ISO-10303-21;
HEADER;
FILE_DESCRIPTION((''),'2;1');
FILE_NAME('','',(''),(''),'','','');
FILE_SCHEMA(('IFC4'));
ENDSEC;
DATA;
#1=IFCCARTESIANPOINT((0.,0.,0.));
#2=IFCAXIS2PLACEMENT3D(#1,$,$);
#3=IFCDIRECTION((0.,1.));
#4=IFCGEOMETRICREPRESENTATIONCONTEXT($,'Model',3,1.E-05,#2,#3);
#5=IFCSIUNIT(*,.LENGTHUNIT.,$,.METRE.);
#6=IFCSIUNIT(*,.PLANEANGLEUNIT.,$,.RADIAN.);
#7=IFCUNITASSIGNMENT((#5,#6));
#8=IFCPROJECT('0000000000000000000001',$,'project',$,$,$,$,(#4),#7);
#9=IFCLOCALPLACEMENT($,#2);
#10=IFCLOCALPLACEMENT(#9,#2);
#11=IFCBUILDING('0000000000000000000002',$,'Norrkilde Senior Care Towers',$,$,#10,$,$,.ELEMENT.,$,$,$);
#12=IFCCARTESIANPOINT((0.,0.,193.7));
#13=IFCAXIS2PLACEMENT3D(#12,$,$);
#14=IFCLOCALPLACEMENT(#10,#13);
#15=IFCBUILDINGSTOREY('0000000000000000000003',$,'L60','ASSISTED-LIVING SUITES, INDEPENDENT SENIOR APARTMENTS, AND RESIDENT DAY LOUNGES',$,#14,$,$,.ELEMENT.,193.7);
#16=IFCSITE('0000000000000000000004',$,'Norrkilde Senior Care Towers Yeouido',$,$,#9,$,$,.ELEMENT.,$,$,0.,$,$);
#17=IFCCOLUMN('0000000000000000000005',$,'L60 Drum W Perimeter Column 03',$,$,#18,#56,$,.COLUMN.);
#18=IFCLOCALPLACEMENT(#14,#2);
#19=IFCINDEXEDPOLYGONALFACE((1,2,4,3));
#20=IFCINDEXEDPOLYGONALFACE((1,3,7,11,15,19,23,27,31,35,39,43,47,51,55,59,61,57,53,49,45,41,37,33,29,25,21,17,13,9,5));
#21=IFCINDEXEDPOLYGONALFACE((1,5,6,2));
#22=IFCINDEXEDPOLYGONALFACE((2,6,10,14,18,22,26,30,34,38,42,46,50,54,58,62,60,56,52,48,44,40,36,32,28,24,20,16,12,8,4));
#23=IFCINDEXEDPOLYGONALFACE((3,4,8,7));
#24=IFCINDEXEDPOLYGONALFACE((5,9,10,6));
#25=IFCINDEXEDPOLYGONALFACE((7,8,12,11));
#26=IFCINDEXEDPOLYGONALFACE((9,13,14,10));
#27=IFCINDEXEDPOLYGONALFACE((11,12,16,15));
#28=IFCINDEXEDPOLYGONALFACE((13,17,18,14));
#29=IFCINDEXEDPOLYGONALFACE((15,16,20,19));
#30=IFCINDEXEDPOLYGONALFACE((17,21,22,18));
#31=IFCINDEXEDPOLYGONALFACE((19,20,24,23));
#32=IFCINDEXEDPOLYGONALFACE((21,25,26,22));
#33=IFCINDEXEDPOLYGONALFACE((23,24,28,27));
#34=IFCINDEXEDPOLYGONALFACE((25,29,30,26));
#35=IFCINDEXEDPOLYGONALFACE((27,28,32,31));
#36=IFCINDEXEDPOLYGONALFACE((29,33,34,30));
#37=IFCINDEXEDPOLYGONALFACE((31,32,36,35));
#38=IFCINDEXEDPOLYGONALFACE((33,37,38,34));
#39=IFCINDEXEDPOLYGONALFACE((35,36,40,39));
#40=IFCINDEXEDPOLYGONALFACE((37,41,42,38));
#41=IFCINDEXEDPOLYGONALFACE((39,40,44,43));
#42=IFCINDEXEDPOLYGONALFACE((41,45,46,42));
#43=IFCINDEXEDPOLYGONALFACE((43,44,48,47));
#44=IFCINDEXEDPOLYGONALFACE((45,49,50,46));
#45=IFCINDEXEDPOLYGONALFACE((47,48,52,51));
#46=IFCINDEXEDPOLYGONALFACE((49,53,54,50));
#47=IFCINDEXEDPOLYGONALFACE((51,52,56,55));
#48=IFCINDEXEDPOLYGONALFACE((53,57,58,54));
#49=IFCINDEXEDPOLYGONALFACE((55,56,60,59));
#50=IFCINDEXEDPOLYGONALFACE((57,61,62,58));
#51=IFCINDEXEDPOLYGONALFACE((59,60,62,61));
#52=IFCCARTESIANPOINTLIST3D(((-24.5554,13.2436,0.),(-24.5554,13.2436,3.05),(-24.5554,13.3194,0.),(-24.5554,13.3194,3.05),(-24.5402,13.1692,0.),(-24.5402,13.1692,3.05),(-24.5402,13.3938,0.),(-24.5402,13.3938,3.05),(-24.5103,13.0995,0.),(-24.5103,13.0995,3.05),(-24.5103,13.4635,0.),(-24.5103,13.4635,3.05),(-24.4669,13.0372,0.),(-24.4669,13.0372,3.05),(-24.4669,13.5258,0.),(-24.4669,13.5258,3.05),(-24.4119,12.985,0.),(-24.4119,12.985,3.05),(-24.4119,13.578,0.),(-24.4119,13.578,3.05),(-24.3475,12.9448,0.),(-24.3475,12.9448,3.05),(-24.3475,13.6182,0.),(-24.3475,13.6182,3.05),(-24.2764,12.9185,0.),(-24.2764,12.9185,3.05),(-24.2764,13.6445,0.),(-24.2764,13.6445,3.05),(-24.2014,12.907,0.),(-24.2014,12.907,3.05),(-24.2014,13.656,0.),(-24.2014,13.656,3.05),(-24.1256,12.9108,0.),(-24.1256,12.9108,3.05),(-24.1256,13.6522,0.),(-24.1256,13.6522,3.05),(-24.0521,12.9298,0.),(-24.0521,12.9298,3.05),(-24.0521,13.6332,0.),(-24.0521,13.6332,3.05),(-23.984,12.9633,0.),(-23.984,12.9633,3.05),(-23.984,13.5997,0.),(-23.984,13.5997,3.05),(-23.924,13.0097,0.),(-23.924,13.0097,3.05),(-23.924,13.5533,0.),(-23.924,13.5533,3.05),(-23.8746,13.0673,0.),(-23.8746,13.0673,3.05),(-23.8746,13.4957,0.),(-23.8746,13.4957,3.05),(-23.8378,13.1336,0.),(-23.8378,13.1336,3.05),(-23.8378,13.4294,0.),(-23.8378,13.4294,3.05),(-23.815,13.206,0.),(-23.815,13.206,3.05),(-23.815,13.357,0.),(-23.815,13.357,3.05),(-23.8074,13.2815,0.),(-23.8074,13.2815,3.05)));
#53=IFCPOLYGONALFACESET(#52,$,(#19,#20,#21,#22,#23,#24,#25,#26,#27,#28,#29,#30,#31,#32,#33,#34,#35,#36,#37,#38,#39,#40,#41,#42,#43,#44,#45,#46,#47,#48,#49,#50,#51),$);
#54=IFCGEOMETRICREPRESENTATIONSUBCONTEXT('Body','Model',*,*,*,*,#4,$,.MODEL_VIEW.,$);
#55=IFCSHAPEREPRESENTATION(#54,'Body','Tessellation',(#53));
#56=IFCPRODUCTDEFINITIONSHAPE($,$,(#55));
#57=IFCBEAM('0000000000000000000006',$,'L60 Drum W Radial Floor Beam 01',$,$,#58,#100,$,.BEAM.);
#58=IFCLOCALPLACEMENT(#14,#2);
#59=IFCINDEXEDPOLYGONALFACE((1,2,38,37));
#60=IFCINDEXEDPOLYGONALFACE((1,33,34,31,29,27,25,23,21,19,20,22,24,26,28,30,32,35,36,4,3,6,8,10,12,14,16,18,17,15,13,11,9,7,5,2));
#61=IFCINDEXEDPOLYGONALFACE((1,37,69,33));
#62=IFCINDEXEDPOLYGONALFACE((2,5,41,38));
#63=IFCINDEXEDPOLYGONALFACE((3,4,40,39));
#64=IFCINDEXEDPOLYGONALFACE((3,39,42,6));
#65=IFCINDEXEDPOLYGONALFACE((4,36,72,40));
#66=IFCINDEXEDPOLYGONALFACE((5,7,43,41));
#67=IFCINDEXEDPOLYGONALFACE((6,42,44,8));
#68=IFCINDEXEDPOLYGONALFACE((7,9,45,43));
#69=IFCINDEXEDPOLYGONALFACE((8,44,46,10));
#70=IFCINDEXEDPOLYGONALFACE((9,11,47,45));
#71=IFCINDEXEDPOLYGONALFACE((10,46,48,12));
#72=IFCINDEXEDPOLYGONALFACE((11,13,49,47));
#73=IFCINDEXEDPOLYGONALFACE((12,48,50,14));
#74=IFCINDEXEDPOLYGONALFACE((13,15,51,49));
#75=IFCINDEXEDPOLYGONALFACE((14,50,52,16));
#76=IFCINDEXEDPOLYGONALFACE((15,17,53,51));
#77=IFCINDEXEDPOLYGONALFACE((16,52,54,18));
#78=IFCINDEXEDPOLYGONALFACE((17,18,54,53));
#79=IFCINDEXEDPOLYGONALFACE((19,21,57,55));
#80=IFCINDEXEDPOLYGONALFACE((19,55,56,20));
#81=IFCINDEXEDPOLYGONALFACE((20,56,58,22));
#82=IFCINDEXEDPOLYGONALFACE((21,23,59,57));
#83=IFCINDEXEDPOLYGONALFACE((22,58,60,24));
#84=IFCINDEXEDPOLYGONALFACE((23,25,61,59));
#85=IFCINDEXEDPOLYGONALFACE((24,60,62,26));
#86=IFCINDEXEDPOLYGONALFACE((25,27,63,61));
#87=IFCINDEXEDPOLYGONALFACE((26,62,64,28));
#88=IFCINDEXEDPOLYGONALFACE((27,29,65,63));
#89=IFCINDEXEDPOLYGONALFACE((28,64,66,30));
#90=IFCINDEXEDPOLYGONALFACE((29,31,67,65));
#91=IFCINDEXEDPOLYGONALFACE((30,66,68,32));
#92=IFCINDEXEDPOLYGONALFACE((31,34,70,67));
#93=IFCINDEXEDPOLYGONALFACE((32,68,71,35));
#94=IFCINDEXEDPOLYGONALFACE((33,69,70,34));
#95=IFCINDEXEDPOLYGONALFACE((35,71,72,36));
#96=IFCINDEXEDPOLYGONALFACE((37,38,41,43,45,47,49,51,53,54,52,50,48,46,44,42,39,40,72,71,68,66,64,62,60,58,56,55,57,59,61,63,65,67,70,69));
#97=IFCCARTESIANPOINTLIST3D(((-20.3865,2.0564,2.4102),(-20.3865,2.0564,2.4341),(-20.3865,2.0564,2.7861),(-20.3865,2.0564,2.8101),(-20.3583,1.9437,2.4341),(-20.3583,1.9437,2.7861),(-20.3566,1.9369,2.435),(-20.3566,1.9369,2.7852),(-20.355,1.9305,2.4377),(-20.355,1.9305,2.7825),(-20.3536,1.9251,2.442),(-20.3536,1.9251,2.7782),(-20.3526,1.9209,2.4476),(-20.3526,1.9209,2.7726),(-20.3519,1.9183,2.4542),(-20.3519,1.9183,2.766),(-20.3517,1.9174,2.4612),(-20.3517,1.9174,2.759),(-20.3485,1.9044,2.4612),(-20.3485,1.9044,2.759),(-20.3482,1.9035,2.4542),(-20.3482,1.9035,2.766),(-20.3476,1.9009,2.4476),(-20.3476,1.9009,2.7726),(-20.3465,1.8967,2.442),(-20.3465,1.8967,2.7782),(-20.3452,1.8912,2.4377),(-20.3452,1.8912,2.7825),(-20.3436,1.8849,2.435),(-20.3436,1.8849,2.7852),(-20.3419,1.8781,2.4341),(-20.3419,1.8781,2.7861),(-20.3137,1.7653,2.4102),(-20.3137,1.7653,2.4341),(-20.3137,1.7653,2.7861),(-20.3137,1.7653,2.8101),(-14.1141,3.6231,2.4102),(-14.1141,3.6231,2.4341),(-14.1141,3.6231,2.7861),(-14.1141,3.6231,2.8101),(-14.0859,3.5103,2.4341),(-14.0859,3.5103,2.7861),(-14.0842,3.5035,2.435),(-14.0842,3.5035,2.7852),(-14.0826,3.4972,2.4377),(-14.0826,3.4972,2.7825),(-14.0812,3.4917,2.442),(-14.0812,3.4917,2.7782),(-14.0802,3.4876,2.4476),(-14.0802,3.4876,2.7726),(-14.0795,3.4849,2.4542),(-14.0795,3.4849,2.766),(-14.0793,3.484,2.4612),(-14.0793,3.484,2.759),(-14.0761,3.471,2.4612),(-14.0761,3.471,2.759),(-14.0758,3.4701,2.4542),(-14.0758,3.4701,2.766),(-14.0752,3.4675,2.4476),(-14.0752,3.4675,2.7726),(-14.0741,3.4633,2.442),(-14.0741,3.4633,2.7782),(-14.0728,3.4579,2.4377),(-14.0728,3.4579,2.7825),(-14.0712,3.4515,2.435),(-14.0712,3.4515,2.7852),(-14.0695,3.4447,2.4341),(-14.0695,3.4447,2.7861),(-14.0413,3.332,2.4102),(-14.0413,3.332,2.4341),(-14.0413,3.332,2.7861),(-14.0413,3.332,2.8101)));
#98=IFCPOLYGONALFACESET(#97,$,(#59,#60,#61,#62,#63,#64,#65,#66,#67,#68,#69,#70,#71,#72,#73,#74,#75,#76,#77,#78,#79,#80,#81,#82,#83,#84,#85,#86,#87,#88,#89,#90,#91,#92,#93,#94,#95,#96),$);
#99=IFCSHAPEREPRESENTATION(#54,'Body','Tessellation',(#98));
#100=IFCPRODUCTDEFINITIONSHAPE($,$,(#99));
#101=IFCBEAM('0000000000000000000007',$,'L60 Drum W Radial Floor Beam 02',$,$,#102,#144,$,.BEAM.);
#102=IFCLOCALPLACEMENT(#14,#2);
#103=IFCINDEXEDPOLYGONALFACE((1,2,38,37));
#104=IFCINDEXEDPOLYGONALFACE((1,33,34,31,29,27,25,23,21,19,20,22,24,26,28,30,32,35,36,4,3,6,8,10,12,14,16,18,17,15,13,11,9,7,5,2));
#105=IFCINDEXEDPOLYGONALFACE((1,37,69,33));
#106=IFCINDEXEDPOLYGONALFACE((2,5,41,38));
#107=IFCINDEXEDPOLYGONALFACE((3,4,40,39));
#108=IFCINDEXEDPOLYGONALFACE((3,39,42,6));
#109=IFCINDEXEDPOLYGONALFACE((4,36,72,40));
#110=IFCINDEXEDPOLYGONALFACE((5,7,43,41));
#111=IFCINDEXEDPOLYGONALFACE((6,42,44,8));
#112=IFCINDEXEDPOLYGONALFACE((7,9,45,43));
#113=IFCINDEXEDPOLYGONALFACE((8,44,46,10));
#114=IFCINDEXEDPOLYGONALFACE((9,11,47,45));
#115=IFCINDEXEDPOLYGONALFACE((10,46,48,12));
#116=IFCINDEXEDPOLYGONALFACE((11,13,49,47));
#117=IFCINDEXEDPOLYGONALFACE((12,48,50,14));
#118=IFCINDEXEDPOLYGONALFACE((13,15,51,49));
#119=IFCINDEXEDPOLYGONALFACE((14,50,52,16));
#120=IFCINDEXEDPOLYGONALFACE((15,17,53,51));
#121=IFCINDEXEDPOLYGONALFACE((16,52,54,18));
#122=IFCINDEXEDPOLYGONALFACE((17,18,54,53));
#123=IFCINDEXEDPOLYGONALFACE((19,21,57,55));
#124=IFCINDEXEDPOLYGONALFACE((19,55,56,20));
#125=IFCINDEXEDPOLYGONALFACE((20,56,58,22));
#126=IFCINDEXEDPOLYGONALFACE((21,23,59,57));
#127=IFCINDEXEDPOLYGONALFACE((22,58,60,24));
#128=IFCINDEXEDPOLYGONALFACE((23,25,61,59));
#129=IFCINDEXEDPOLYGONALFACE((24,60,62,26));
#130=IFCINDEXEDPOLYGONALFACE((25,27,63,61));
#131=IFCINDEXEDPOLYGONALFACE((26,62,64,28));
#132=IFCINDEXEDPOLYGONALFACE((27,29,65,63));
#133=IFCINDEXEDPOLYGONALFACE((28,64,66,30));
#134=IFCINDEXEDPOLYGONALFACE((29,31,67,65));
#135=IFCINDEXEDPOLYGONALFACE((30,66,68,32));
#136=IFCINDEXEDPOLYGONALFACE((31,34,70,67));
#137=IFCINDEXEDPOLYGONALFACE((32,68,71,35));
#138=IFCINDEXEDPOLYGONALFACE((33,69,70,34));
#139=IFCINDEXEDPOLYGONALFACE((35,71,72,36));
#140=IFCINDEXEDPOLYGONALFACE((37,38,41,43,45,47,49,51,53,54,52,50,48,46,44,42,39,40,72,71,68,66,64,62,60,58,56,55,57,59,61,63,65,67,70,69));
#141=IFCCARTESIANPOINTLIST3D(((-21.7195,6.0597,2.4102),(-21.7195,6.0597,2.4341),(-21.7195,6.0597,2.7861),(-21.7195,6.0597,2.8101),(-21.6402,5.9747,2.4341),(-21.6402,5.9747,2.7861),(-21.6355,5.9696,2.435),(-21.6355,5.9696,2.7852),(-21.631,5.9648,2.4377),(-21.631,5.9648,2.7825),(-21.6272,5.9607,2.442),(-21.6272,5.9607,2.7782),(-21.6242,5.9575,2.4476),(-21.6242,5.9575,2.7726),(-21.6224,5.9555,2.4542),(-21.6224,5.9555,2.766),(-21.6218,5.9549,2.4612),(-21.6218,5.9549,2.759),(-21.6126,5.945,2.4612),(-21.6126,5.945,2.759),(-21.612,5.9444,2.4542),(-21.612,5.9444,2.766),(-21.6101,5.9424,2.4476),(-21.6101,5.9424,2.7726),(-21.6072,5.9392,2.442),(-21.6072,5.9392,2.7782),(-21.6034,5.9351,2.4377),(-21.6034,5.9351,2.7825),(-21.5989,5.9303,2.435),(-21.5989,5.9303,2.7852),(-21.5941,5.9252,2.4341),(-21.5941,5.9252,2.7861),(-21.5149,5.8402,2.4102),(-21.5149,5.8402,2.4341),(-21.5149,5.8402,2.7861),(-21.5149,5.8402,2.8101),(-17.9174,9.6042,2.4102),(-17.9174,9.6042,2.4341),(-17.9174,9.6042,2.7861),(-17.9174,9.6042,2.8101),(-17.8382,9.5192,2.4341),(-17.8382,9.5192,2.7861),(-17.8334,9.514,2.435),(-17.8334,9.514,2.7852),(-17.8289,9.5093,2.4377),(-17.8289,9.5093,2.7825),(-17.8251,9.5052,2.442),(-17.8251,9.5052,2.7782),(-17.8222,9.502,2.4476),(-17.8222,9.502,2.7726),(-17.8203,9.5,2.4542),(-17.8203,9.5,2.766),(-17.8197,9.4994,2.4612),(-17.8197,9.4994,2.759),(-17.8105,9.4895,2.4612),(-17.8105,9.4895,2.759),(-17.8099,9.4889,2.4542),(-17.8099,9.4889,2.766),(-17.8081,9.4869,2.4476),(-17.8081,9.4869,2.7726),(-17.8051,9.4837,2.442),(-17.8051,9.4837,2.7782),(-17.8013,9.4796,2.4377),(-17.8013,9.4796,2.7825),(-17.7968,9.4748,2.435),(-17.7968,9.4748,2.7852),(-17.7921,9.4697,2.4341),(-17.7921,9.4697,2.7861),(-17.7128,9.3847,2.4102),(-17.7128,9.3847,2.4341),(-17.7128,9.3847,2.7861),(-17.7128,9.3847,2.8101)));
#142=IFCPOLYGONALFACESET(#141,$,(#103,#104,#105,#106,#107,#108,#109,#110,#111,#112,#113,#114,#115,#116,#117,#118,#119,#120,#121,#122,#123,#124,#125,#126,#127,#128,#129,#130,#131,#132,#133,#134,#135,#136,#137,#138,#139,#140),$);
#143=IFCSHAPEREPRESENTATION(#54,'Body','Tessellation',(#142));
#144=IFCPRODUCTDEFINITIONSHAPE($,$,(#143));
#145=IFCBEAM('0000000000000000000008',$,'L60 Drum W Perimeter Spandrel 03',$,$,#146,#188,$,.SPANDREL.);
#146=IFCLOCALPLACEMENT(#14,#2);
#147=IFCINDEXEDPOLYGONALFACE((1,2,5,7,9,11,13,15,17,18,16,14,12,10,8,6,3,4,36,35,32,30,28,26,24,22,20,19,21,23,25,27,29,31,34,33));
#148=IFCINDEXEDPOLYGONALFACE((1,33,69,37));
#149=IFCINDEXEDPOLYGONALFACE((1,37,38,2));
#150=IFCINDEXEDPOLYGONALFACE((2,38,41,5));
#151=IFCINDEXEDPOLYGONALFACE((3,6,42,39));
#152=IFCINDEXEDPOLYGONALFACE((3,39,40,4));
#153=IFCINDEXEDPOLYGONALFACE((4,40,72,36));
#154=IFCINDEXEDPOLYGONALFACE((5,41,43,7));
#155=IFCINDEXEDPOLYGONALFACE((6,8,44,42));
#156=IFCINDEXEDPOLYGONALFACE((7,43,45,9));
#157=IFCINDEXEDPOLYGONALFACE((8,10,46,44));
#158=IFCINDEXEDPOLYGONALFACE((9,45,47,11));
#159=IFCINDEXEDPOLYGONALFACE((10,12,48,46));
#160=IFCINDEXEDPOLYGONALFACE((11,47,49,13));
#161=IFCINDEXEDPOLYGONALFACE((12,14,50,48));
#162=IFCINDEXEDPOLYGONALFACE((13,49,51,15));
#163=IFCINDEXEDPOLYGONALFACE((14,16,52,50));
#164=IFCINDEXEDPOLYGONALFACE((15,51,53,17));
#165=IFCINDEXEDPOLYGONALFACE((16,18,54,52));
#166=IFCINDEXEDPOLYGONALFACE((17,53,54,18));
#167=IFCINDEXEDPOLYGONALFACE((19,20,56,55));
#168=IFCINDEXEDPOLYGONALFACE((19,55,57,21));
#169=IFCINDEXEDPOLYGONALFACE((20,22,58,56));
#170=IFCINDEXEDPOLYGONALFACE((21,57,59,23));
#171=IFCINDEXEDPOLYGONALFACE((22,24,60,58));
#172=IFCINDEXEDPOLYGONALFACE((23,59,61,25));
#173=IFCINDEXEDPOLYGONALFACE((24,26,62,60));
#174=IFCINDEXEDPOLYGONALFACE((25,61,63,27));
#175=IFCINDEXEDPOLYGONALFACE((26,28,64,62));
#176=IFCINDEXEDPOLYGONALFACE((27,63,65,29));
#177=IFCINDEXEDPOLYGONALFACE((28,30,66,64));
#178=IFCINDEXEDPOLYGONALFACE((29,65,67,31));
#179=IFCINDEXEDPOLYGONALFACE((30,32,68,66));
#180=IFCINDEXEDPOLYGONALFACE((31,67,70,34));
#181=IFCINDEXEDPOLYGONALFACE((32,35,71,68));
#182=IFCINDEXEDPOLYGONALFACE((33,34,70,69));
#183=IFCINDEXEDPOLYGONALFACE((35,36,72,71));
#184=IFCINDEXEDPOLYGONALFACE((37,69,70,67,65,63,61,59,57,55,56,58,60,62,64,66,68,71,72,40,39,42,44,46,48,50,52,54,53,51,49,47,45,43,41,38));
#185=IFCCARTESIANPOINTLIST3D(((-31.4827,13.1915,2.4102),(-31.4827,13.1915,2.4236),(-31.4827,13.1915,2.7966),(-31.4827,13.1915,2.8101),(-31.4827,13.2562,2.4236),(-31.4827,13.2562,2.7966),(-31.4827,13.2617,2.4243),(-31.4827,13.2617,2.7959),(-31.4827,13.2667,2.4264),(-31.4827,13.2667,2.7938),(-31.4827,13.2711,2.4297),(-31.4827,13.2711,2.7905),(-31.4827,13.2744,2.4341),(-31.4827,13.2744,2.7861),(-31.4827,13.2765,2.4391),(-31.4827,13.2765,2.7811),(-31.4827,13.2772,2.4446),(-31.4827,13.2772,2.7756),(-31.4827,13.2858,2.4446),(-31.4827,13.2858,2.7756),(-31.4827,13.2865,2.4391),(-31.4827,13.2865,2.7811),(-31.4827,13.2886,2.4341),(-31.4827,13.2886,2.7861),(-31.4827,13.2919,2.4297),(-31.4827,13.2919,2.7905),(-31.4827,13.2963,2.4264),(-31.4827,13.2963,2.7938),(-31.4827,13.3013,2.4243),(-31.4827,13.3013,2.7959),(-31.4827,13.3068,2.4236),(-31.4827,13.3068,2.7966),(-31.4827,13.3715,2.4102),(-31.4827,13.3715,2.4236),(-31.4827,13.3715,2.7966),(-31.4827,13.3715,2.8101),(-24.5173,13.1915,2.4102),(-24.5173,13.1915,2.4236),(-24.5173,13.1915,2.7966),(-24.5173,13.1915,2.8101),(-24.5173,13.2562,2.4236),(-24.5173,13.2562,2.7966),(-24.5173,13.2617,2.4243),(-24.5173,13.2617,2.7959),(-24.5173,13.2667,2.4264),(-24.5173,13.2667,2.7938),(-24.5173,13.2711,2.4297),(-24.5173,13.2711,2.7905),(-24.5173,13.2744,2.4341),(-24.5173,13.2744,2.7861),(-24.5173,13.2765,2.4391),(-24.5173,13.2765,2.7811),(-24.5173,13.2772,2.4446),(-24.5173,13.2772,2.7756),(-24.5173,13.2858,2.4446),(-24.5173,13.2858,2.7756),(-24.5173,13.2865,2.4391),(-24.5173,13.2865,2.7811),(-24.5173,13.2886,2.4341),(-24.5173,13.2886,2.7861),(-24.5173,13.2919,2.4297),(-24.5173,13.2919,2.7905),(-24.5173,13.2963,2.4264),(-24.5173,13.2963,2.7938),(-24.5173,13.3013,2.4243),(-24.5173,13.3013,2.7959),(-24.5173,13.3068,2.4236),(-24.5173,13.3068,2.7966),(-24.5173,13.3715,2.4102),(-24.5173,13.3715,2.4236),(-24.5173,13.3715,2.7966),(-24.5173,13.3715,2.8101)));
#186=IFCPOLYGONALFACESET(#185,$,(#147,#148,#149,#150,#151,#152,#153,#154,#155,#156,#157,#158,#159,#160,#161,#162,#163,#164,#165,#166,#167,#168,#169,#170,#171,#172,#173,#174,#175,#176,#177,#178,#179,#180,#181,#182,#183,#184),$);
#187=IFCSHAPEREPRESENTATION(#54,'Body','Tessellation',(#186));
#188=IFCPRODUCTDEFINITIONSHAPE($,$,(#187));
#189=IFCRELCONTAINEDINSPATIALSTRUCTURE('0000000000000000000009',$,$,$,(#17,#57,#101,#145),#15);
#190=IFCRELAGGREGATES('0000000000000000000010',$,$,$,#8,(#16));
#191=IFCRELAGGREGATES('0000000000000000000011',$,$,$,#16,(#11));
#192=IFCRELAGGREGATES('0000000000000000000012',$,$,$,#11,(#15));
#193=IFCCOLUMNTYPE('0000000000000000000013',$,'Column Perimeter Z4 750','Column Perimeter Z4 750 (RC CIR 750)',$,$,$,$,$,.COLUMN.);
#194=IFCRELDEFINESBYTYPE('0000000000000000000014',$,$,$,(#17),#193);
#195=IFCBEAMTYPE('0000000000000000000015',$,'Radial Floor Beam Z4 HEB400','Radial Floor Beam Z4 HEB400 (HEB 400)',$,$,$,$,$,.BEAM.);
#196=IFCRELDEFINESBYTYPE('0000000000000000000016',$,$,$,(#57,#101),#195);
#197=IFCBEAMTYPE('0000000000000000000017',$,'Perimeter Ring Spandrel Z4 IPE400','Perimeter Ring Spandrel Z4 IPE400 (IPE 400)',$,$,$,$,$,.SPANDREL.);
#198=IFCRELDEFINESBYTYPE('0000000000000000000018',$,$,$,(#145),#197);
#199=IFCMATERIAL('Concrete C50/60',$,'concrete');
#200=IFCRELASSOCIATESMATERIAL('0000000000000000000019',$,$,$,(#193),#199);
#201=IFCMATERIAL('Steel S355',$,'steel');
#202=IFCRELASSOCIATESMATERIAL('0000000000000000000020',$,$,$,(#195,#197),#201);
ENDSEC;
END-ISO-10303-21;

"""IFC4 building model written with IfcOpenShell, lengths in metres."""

from ifc_helpers import new_model, si_unit, direction, frame, origin, origin_2d, place, context, subcontext, project, spatial, circle, i_section, extrude, source, transform, mapped, material, material_profile, profile_set, type_object, type_shapes, element, save


model = new_model("IFC4")

# Units and contexts
model_context = context("Model", 3, precision=1e-05, world=origin(), true_north=direction((0.0, 1.0)))
body_context = subcontext(model_context, "Body", "Model", "MODEL_VIEW")
ifc_project = project(units=[si_unit("LENGTHUNIT", "METRE"), si_unit("PLANEANGLEUNIT", "RADIAN")], contexts=[model_context])

# Site, building, storey
site_placement = place(None, origin())
site = spatial("IfcSite", under=ifc_project, at=site_placement, Name="Norrkilde Senior Care Towers Yeouido", CompositionType="ELEMENT", RefElevation=0.0)
building_placement = place(site_placement, origin())
building = spatial("IfcBuilding", under=site, at=building_placement, Name="Norrkilde Senior Care Towers", CompositionType="ELEMENT")
storey_placement = place(building_placement, frame((0.0, 0.0, 193.7)))
storey = spatial("IfcBuildingStorey", under=building, at=storey_placement, Name="L60", Description="ASSISTED-LIVING SUITES, INDEPENDENT SENIOR APARTMENTS, AND RESIDENT DAY LOUNGES", CompositionType="ELEMENT", Elevation=193.7)

# Column
ifc_material_1 = material(Name="Concrete C50/60", Category="concrete")
ifc_material_profile_1 = material_profile(ifc_material_1, circle(Radius=0.375, at=origin_2d()), Name="RC CIR 750")
ifc_profile_set_1 = profile_set([ifc_material_profile_1], Name="Concrete C50/60")
column_type = type_object("IfcColumnType", Name="Column Perimeter Z4 750", Description="Column Perimeter Z4 750 (RC CIR 750)", PredefinedType="COLUMN", material=ifc_profile_set_1)
shared_shape_1 = source(origin(), body_context, "Body", "SweptSolid", [
    extrude(circle(Radius=0.375, at=origin_2d()), origin(), (0.0, 0.0, 1.0), 3.05),
])
type_shapes(column_type, [shared_shape_1])
column_placement = place(storey_placement, frame((-24.1824, 13.2815, 0.0), z_axis=(0.0, 0.0, 1.0), x_axis=(1.0, 0.0, 0.0)))
element("IfcColumn", 1, at=column_placement, inside=storey, type_object=column_type, Name="L60 Drum W Perimeter Column 03", PredefinedType="COLUMN", context=body_context, shape_type="MappedRepresentation", body=[
    mapped(shared_shape_1, transform((0.0, 0.0, 0.0), x_axis=(1.0, 0.0, 0.0), y_axis=(0.0, 1.0, 0.0), z_axis=(0.0, 0.0, 1.0), scale=1.0)),
])

# Beams
ifc_material_2 = material(Name="Steel S355", Category="steel")
ifc_material_profile_2 = material_profile(ifc_material_2, i_section(OverallWidth=0.3, OverallDepth=0.3999, WebThickness=0.0134, FlangeThickness=0.0239, FilletRadius=0.0271, at=origin_2d()), Name="HEB 400")
ifc_profile_set_2 = profile_set([ifc_material_profile_2], Name="Steel S355")
beam_type_1 = type_object("IfcBeamType", Name="Radial Floor Beam Z4 HEB400", Description="Radial Floor Beam Z4 HEB400 (HEB 400)", PredefinedType="BEAM", material=ifc_profile_set_2)
shared_shape_2 = source(origin(), body_context, "Body", "SweptSolid", [
    extrude(i_section(OverallWidth=0.3, OverallDepth=0.3999, WebThickness=0.0134, FlangeThickness=0.0239, FilletRadius=0.0271, at=origin_2d()), origin(), (0.0, 0.0, 1.0), 6.4651),
])
beam_1_placement = place(storey_placement, frame((-20.3501, 1.9109, 2.6101), z_axis=(0.970196, 0.242322, 0.0), x_axis=(-0.242322, 0.970196, 0.0)))
element("IfcBeam", 2, at=beam_1_placement, inside=storey, type_object=beam_type_1, Name="L60 Drum W Radial Floor Beam 01", PredefinedType="BEAM", context=body_context, shape_type="MappedRepresentation", body=[
    mapped(shared_shape_2, transform((0.0, 0.0, 0.0), x_axis=(1.0, 0.0, 0.0), y_axis=(0.0, 1.0, 0.0), z_axis=(0.0, 0.0, 1.0), scale=1.0)),
])
shared_shape_3 = source(origin(), body_context, "Body", "SweptSolid", [
    extrude(i_section(OverallWidth=0.3, OverallDepth=0.3999, WebThickness=0.0134, FlangeThickness=0.0239, FilletRadius=0.0271, at=origin_2d()), origin(), (0.0, 0.0, 1.0), 5.198),
])
beam_2_placement = place(storey_placement, frame((-21.6172, 5.95, 2.6101), z_axis=(0.731449, 0.681896, 0.0), x_axis=(-0.681896, 0.731449, 0.0)))
element("IfcBeam", 3, at=beam_2_placement, inside=storey, type_object=beam_type_1, Name="L60 Drum W Radial Floor Beam 02", PredefinedType="BEAM", context=body_context, shape_type="MappedRepresentation", body=[
    mapped(shared_shape_3, transform((0.0, 0.0, 0.0), x_axis=(1.0, 0.0, 0.0), y_axis=(0.0, 1.0, 0.0), z_axis=(0.0, 0.0, 1.0), scale=1.0)),
])
ifc_material_profile_3 = material_profile(ifc_material_2, i_section(OverallWidth=0.1799, OverallDepth=0.3999, WebThickness=0.0085, FlangeThickness=0.0134, FilletRadius=0.021, at=origin_2d()), Name="IPE 400")
ifc_profile_set_3 = profile_set([ifc_material_profile_3], Name="Steel S355")
beam_type_2 = type_object("IfcBeamType", Name="Perimeter Ring Spandrel Z4 IPE400", Description="Perimeter Ring Spandrel Z4 IPE400 (IPE 400)", PredefinedType="SPANDREL", material=ifc_profile_set_3)
shared_shape_4 = source(origin(), body_context, "Body", "SweptSolid", [
    extrude(i_section(OverallWidth=0.1799, OverallDepth=0.3999, WebThickness=0.0085, FlangeThickness=0.0134, FilletRadius=0.021, at=origin_2d()), origin(), (0.0, 0.0, 1.0), 6.9653),
])
type_shapes(beam_type_2, [shared_shape_4])
beam_3_placement = place(storey_placement, frame((-24.5173, 13.2815, 2.6101), z_axis=(-1.0, 0.0, 0.0), x_axis=(0.0, -1.0, 0.0)))
element("IfcBeam", 4, at=beam_3_placement, inside=storey, type_object=beam_type_2, Name="L60 Drum W Perimeter Spandrel 03", PredefinedType="SPANDREL", context=body_context, shape_type="MappedRepresentation", body=[
    mapped(shared_shape_4, transform((0.0, 0.0, 0.0), x_axis=(1.0, 0.0, 0.0), y_axis=(0.0, 1.0, 0.0), z_axis=(0.0, 0.0, 1.0), scale=1.0)),
])

save(model, "model.ifc")
